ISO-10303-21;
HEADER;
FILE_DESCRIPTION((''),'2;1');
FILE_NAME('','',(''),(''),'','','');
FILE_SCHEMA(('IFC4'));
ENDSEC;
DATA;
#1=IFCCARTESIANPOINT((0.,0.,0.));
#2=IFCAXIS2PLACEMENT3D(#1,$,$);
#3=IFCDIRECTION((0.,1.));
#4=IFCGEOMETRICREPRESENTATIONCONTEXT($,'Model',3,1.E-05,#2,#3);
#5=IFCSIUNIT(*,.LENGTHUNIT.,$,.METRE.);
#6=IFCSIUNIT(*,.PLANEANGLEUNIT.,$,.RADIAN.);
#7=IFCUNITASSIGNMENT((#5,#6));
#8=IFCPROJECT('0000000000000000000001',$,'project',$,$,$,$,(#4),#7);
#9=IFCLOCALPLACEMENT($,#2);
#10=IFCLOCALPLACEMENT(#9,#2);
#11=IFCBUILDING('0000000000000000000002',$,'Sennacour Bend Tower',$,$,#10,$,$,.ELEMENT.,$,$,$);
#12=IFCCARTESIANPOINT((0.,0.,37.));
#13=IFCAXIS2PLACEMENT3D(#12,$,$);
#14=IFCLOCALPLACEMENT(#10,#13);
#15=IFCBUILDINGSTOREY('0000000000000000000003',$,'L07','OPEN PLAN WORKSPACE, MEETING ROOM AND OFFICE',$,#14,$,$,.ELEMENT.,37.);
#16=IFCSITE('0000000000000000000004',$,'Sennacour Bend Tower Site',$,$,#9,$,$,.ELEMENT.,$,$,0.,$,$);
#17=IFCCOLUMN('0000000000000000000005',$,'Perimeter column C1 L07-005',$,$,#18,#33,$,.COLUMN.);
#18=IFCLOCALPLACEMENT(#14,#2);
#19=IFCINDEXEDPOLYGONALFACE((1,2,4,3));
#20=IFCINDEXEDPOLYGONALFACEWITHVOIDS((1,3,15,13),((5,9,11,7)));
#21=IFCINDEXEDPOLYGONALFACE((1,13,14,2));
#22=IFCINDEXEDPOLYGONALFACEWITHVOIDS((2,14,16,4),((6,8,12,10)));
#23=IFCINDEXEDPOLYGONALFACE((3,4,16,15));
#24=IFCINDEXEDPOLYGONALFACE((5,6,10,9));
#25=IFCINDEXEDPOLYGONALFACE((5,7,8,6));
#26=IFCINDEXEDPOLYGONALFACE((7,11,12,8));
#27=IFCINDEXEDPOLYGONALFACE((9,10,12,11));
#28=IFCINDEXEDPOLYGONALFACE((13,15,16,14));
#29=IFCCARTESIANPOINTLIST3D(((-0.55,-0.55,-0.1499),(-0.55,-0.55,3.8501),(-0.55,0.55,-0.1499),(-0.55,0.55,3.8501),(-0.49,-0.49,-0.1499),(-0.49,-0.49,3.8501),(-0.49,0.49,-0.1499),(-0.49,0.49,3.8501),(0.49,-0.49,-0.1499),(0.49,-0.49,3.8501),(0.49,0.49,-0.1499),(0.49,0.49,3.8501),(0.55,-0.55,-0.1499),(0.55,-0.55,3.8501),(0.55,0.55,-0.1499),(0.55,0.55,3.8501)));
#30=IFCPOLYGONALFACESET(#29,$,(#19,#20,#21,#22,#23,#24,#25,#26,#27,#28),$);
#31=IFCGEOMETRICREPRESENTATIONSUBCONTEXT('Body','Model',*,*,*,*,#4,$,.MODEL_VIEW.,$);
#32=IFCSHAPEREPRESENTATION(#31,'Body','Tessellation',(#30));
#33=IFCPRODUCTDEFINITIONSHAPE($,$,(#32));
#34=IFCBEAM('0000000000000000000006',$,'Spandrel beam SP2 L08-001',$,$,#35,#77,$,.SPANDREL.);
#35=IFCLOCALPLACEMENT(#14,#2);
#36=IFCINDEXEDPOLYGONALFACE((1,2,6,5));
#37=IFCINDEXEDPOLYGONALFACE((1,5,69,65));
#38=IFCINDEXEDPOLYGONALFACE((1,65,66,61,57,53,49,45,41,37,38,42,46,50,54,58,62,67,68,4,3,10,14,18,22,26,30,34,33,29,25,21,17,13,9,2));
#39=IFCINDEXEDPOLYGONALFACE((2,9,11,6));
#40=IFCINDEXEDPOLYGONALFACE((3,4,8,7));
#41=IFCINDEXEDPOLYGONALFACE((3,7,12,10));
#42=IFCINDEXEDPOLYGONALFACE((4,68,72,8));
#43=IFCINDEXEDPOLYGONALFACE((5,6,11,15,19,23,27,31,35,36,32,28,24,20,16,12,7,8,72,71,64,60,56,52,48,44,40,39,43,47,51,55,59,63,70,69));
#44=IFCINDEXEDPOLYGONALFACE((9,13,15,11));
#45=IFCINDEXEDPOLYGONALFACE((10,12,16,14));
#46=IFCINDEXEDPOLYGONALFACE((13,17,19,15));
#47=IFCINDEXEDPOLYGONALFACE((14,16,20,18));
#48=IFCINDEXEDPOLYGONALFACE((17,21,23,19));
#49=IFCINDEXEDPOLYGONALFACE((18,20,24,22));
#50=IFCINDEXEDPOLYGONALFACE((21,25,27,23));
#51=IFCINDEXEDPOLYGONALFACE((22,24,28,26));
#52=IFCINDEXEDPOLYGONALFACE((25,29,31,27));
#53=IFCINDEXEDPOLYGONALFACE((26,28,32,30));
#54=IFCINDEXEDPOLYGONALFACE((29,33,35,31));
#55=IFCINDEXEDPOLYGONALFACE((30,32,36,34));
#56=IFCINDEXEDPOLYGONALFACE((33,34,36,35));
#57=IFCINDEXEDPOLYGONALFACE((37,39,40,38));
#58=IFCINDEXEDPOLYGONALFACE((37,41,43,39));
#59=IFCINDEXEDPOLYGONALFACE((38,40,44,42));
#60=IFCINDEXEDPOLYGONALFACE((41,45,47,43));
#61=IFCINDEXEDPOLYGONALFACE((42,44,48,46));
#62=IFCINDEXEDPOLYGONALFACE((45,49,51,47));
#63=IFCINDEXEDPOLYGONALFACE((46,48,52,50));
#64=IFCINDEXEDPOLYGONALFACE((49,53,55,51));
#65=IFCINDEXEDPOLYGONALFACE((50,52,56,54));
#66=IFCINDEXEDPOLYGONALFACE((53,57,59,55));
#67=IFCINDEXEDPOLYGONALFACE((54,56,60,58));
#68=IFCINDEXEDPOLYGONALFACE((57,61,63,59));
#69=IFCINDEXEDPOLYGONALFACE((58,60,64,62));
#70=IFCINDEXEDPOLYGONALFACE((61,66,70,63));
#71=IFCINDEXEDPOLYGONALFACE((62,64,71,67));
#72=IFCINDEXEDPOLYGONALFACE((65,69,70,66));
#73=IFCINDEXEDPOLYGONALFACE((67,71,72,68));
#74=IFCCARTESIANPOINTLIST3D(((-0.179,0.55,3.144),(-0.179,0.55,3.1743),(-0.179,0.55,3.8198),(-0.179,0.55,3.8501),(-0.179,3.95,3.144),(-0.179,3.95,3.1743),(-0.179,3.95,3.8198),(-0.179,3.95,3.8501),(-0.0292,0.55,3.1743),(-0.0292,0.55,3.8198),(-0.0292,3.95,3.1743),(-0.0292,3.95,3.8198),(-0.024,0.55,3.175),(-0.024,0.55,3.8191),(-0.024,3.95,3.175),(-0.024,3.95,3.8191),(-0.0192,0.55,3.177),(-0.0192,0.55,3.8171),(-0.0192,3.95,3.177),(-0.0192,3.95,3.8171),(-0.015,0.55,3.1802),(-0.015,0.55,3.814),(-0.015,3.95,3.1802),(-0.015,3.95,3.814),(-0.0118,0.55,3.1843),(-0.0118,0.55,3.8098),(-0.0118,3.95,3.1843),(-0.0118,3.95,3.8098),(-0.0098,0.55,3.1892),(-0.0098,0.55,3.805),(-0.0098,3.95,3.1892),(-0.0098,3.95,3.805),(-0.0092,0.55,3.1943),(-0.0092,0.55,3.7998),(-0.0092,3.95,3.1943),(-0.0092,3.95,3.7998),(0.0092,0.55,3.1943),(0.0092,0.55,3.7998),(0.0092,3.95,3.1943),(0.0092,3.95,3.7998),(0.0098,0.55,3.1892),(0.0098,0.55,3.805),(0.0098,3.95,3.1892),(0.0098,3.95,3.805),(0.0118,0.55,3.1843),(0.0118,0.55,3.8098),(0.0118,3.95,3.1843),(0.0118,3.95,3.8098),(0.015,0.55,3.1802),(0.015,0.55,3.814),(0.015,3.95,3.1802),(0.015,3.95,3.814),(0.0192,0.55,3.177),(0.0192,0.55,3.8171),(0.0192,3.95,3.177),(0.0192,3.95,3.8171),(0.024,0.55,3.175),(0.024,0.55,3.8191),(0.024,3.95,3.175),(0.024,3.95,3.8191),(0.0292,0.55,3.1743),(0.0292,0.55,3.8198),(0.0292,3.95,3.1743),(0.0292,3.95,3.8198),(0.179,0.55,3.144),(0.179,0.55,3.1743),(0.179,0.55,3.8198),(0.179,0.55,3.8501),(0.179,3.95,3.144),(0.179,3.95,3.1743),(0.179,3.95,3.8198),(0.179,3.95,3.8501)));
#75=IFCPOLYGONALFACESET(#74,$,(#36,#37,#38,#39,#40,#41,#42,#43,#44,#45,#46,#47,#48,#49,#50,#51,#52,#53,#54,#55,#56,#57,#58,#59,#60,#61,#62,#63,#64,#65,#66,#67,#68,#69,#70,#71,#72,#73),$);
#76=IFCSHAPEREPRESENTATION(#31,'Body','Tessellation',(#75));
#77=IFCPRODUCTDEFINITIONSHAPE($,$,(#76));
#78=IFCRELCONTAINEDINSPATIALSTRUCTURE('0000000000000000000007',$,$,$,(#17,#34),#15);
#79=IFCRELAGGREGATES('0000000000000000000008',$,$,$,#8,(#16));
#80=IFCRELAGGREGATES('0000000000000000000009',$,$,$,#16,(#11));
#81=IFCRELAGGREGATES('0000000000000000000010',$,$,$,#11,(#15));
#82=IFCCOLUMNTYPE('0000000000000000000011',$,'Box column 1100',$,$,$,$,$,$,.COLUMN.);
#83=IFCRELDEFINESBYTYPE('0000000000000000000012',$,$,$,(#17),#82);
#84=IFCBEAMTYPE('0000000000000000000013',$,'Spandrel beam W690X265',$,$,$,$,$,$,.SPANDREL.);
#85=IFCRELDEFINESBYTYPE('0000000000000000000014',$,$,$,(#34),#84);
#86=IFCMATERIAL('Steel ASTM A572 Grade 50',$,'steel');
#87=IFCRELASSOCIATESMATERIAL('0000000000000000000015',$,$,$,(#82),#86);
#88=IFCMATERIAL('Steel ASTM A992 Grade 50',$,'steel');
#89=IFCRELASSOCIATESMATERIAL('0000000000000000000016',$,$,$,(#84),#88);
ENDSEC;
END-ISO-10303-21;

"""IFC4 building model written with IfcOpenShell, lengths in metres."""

from ifc_helpers import new_model, si_unit, direction, frame, origin, origin_2d, place, context, subcontext, project, spatial, hollow_rectangle, i_section, extrude, material, material_profile, profile_set, type_object, element, save


model = new_model("IFC4")

# Units and contexts
model_context = context("Model", 3, precision=1e-05, world=origin(), true_north=direction((0.0, 1.0)))
body_context = subcontext(model_context, "Body", "Model", "MODEL_VIEW")
ifc_project = project(units=[si_unit("LENGTHUNIT", "METRE"), si_unit("PLANEANGLEUNIT", "RADIAN")], contexts=[model_context])

# Site, building, storey
site_placement = place(None, origin())
site = spatial("IfcSite", under=ifc_project, at=site_placement, Name="Sennacour Bend Tower Site", CompositionType="ELEMENT", RefElevation=0.0)
building_placement = place(site_placement, origin())
building = spatial("IfcBuilding", under=site, at=building_placement, Name="Sennacour Bend Tower", CompositionType="ELEMENT")
storey_placement = place(building_placement, frame((0.0, 0.0, 37.0)))
storey = spatial("IfcBuildingStorey", under=building, at=storey_placement, Name="L07", Description="OPEN PLAN WORKSPACE, MEETING ROOM AND OFFICE", CompositionType="ELEMENT", Elevation=37.0)

# Column
ifc_material_1 = material(Name="Steel ASTM A572 Grade 50", Category="steel")
ifc_material_profile_1 = material_profile(ifc_material_1, hollow_rectangle(XDim=1.1001, YDim=1.1001, WallThickness=0.0601, at=origin_2d()), Name="Steel ASTM A572 Grade 50", Category="steel")
ifc_profile_set_1 = profile_set([ifc_material_profile_1], Name="Steel ASTM A572 Grade 50")
column_type = type_object("IfcColumnType", Name="Box column 1100", PredefinedType="COLUMN", material=ifc_profile_set_1)
column_placement = place(storey_placement, frame((0.0, 0.0, -0.1499), z_axis=(0.0, 0.0, 1.0), x_axis=(1.0, 0.0, 0.0)))
element("IfcColumn", 1, at=column_placement, inside=storey, type_object=column_type, Name="Perimeter column C1 L07-005", PredefinedType="COLUMN", context=body_context, shape_type="SweptSolid", body=[
    extrude(hollow_rectangle(XDim=1.1001, YDim=1.1001, WallThickness=0.0601, at=origin_2d()), origin(), (0.0, 0.0, 1.0), 4.0),
])

# Beam
ifc_material_2 = material(Name="Steel ASTM A992 Grade 50", Category="steel")
ifc_material_profile_2 = material_profile(ifc_material_2, i_section(OverallWidth=0.3579, OverallDepth=0.7061, WebThickness=0.0183, FlangeThickness=0.0303, FilletRadius=0.02, at=origin_2d()), Name="Steel ASTM A992 Grade 50", Category="steel")
ifc_profile_set_2 = profile_set([ifc_material_profile_2], Name="Steel ASTM A992 Grade 50")
beam_type = type_object("IfcBeamType", Name="Spandrel beam W690X265", PredefinedType="SPANDREL", material=ifc_profile_set_2)
beam_placement = place(storey_placement, frame((0.0, 0.55, 3.4971), z_axis=(0.0, 1.0, 0.0), x_axis=(-1.0, 0.0, 0.0)))
element("IfcBeam", 2, at=beam_placement, inside=storey, type_object=beam_type, Name="Spandrel beam SP2 L08-001", PredefinedType="SPANDREL", context=body_context, shape_type="SweptSolid", body=[
    extrude(i_section(OverallWidth=0.3579, OverallDepth=0.7061, WebThickness=0.0183, FlangeThickness=0.0303, FilletRadius=0.02, at=origin_2d()), origin(), (0.0, 0.0, 1.0), 3.3999),
])

save(model, "model.ifc")
